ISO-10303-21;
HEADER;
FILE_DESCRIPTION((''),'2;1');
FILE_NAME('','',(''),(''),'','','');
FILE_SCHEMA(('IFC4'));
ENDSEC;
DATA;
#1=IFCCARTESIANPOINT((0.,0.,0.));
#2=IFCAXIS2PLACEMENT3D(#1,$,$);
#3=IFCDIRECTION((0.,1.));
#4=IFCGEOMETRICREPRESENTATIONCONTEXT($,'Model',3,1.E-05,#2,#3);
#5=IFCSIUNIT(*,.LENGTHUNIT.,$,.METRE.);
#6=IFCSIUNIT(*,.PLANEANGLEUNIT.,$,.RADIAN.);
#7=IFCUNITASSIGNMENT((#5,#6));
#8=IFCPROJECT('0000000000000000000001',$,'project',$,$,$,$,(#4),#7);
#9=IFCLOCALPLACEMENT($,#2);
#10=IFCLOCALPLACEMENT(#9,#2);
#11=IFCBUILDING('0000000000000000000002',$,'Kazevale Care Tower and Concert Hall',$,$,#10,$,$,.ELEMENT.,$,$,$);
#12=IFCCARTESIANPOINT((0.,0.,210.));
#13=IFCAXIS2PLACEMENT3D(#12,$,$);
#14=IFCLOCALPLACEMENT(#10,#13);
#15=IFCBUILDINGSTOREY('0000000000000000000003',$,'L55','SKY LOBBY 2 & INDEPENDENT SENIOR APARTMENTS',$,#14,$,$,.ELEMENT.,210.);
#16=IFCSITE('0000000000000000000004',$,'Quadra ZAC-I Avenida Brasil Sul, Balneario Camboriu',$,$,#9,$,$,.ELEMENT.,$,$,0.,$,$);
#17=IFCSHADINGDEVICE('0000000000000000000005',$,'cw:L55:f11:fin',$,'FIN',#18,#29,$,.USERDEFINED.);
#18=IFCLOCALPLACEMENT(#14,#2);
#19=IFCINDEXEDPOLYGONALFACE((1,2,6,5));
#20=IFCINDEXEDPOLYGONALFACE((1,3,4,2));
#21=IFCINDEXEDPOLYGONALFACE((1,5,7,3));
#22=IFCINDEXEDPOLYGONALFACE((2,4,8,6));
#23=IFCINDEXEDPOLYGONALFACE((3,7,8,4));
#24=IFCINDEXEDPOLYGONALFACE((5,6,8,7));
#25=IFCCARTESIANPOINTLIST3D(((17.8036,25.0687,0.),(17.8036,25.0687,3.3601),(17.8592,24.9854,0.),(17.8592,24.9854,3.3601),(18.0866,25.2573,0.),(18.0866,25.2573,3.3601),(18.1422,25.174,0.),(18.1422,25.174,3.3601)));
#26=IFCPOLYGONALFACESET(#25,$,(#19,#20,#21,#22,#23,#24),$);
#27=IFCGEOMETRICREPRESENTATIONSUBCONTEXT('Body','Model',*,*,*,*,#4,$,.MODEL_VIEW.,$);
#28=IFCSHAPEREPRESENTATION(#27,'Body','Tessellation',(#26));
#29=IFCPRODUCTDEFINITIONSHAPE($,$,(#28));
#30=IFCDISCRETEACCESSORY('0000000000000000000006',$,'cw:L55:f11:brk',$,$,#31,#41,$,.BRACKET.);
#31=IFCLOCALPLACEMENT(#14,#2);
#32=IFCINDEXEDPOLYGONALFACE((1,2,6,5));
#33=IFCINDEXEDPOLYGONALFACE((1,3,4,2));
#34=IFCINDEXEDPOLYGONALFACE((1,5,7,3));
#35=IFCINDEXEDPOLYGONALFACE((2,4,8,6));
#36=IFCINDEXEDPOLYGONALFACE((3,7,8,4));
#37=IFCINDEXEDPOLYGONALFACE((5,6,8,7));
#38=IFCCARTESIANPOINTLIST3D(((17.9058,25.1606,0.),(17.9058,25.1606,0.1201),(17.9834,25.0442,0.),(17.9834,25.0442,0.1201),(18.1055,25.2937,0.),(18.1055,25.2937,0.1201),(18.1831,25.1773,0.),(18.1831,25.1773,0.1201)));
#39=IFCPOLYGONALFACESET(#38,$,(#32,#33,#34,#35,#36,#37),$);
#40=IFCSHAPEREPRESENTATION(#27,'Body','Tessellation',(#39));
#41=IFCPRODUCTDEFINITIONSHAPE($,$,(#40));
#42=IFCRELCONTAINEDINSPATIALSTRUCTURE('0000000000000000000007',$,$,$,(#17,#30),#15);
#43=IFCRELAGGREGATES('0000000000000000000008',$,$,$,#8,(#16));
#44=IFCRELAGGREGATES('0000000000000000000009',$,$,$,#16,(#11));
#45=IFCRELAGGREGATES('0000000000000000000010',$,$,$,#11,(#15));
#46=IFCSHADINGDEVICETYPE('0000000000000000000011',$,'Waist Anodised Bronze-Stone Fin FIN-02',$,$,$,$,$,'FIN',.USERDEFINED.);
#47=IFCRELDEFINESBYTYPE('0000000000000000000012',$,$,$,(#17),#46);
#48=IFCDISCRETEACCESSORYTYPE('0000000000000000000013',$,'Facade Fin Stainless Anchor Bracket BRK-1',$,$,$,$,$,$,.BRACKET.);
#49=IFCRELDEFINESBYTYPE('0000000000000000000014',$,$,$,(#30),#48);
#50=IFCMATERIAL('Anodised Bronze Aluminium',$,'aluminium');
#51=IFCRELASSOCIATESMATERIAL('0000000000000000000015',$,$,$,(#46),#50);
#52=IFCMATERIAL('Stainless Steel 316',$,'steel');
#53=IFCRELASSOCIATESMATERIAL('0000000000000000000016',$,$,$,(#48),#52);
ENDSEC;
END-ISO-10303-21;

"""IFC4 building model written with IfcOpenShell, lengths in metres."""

from ifc_helpers import new_model, si_unit, direction, frame, origin, origin_2d, place, context, subcontext, project, spatial, rectangle, extrude, material, type_object, element, save


model = new_model("IFC4")

# Units and contexts
model_context = context("Model", 3, precision=1e-05, world=origin(), true_north=direction((0.0, 1.0)))
body_context = subcontext(model_context, "Body", "Model", "MODEL_VIEW")
ifc_project = project(units=[si_unit("LENGTHUNIT", "METRE"), si_unit("PLANEANGLEUNIT", "RADIAN")], contexts=[model_context])

# Site, building, storey
site_placement = place(None, origin())
site = spatial("IfcSite", under=ifc_project, at=site_placement, Name="Quadra ZAC-I Avenida Brasil Sul, Balneario Camboriu", CompositionType="ELEMENT", RefElevation=0.0)
building_placement = place(site_placement, origin())
building = spatial("IfcBuilding", under=site, at=building_placement, Name="Kazevale Care Tower and Concert Hall", CompositionType="ELEMENT")
storey_placement = place(building_placement, frame((0.0, 0.0, 210.0)))
storey = spatial("IfcBuildingStorey", under=building, at=storey_placement, Name="L55", Description="SKY LOBBY 2 & INDEPENDENT SENIOR APARTMENTS", CompositionType="ELEMENT", Elevation=210.0)

# Shared definitions
ifc_material_1 = material(Name="Stainless Steel 316", Category="steel")

# Shading device
ifc_material_2 = material(Name="Anodised Bronze Aluminium", Category="aluminium")
shading_device_type = type_object("IfcShadingDeviceType", Name="Waist Anodised Bronze-Stone Fin FIN-02", ElementType="FIN", PredefinedType="USERDEFINED", material=ifc_material_2)
shading_device_placement = place(storey_placement, frame((17.9729, 25.1213, 0.0), z_axis=(0.0, 0.0, 1.0), x_axis=(-0.832148, -0.554554, 0.0)))
element("IfcShadingDevice", 1, at=shading_device_placement, inside=storey, type_object=shading_device_type, Name="cw:L55:f11:fin", ObjectType="FIN", PredefinedType="USERDEFINED", context=body_context, shape_type="SweptSolid", body=[
    extrude(rectangle(XDim=0.3401, YDim=0.1001, at=origin_2d()), origin(), (0.0, 0.0, 1.0), 3.3601),
])

# Discrete accessory
discrete_accessory_type = type_object("IfcDiscreteAccessoryType", Name="Facade Fin Stainless Anchor Bracket BRK-1", PredefinedType="BRACKET", material=ifc_material_1)
discrete_accessory_placement = place(storey_placement, frame((18.0444, 25.1689, 0.0), z_axis=(0.0, 0.0, 1.0), x_axis=(-0.832148, -0.554554, 0.0)))
element("IfcDiscreteAccessory", 2, at=discrete_accessory_placement, inside=storey, type_object=discrete_accessory_type, Name="cw:L55:f11:brk", PredefinedType="BRACKET", context=body_context, shape_type="SweptSolid", body=[
    extrude(rectangle(XDim=0.24, YDim=0.1399, at=origin_2d()), origin(), (0.0, 0.0, 1.0), 0.1201),
])

save(model, "model.ifc")
